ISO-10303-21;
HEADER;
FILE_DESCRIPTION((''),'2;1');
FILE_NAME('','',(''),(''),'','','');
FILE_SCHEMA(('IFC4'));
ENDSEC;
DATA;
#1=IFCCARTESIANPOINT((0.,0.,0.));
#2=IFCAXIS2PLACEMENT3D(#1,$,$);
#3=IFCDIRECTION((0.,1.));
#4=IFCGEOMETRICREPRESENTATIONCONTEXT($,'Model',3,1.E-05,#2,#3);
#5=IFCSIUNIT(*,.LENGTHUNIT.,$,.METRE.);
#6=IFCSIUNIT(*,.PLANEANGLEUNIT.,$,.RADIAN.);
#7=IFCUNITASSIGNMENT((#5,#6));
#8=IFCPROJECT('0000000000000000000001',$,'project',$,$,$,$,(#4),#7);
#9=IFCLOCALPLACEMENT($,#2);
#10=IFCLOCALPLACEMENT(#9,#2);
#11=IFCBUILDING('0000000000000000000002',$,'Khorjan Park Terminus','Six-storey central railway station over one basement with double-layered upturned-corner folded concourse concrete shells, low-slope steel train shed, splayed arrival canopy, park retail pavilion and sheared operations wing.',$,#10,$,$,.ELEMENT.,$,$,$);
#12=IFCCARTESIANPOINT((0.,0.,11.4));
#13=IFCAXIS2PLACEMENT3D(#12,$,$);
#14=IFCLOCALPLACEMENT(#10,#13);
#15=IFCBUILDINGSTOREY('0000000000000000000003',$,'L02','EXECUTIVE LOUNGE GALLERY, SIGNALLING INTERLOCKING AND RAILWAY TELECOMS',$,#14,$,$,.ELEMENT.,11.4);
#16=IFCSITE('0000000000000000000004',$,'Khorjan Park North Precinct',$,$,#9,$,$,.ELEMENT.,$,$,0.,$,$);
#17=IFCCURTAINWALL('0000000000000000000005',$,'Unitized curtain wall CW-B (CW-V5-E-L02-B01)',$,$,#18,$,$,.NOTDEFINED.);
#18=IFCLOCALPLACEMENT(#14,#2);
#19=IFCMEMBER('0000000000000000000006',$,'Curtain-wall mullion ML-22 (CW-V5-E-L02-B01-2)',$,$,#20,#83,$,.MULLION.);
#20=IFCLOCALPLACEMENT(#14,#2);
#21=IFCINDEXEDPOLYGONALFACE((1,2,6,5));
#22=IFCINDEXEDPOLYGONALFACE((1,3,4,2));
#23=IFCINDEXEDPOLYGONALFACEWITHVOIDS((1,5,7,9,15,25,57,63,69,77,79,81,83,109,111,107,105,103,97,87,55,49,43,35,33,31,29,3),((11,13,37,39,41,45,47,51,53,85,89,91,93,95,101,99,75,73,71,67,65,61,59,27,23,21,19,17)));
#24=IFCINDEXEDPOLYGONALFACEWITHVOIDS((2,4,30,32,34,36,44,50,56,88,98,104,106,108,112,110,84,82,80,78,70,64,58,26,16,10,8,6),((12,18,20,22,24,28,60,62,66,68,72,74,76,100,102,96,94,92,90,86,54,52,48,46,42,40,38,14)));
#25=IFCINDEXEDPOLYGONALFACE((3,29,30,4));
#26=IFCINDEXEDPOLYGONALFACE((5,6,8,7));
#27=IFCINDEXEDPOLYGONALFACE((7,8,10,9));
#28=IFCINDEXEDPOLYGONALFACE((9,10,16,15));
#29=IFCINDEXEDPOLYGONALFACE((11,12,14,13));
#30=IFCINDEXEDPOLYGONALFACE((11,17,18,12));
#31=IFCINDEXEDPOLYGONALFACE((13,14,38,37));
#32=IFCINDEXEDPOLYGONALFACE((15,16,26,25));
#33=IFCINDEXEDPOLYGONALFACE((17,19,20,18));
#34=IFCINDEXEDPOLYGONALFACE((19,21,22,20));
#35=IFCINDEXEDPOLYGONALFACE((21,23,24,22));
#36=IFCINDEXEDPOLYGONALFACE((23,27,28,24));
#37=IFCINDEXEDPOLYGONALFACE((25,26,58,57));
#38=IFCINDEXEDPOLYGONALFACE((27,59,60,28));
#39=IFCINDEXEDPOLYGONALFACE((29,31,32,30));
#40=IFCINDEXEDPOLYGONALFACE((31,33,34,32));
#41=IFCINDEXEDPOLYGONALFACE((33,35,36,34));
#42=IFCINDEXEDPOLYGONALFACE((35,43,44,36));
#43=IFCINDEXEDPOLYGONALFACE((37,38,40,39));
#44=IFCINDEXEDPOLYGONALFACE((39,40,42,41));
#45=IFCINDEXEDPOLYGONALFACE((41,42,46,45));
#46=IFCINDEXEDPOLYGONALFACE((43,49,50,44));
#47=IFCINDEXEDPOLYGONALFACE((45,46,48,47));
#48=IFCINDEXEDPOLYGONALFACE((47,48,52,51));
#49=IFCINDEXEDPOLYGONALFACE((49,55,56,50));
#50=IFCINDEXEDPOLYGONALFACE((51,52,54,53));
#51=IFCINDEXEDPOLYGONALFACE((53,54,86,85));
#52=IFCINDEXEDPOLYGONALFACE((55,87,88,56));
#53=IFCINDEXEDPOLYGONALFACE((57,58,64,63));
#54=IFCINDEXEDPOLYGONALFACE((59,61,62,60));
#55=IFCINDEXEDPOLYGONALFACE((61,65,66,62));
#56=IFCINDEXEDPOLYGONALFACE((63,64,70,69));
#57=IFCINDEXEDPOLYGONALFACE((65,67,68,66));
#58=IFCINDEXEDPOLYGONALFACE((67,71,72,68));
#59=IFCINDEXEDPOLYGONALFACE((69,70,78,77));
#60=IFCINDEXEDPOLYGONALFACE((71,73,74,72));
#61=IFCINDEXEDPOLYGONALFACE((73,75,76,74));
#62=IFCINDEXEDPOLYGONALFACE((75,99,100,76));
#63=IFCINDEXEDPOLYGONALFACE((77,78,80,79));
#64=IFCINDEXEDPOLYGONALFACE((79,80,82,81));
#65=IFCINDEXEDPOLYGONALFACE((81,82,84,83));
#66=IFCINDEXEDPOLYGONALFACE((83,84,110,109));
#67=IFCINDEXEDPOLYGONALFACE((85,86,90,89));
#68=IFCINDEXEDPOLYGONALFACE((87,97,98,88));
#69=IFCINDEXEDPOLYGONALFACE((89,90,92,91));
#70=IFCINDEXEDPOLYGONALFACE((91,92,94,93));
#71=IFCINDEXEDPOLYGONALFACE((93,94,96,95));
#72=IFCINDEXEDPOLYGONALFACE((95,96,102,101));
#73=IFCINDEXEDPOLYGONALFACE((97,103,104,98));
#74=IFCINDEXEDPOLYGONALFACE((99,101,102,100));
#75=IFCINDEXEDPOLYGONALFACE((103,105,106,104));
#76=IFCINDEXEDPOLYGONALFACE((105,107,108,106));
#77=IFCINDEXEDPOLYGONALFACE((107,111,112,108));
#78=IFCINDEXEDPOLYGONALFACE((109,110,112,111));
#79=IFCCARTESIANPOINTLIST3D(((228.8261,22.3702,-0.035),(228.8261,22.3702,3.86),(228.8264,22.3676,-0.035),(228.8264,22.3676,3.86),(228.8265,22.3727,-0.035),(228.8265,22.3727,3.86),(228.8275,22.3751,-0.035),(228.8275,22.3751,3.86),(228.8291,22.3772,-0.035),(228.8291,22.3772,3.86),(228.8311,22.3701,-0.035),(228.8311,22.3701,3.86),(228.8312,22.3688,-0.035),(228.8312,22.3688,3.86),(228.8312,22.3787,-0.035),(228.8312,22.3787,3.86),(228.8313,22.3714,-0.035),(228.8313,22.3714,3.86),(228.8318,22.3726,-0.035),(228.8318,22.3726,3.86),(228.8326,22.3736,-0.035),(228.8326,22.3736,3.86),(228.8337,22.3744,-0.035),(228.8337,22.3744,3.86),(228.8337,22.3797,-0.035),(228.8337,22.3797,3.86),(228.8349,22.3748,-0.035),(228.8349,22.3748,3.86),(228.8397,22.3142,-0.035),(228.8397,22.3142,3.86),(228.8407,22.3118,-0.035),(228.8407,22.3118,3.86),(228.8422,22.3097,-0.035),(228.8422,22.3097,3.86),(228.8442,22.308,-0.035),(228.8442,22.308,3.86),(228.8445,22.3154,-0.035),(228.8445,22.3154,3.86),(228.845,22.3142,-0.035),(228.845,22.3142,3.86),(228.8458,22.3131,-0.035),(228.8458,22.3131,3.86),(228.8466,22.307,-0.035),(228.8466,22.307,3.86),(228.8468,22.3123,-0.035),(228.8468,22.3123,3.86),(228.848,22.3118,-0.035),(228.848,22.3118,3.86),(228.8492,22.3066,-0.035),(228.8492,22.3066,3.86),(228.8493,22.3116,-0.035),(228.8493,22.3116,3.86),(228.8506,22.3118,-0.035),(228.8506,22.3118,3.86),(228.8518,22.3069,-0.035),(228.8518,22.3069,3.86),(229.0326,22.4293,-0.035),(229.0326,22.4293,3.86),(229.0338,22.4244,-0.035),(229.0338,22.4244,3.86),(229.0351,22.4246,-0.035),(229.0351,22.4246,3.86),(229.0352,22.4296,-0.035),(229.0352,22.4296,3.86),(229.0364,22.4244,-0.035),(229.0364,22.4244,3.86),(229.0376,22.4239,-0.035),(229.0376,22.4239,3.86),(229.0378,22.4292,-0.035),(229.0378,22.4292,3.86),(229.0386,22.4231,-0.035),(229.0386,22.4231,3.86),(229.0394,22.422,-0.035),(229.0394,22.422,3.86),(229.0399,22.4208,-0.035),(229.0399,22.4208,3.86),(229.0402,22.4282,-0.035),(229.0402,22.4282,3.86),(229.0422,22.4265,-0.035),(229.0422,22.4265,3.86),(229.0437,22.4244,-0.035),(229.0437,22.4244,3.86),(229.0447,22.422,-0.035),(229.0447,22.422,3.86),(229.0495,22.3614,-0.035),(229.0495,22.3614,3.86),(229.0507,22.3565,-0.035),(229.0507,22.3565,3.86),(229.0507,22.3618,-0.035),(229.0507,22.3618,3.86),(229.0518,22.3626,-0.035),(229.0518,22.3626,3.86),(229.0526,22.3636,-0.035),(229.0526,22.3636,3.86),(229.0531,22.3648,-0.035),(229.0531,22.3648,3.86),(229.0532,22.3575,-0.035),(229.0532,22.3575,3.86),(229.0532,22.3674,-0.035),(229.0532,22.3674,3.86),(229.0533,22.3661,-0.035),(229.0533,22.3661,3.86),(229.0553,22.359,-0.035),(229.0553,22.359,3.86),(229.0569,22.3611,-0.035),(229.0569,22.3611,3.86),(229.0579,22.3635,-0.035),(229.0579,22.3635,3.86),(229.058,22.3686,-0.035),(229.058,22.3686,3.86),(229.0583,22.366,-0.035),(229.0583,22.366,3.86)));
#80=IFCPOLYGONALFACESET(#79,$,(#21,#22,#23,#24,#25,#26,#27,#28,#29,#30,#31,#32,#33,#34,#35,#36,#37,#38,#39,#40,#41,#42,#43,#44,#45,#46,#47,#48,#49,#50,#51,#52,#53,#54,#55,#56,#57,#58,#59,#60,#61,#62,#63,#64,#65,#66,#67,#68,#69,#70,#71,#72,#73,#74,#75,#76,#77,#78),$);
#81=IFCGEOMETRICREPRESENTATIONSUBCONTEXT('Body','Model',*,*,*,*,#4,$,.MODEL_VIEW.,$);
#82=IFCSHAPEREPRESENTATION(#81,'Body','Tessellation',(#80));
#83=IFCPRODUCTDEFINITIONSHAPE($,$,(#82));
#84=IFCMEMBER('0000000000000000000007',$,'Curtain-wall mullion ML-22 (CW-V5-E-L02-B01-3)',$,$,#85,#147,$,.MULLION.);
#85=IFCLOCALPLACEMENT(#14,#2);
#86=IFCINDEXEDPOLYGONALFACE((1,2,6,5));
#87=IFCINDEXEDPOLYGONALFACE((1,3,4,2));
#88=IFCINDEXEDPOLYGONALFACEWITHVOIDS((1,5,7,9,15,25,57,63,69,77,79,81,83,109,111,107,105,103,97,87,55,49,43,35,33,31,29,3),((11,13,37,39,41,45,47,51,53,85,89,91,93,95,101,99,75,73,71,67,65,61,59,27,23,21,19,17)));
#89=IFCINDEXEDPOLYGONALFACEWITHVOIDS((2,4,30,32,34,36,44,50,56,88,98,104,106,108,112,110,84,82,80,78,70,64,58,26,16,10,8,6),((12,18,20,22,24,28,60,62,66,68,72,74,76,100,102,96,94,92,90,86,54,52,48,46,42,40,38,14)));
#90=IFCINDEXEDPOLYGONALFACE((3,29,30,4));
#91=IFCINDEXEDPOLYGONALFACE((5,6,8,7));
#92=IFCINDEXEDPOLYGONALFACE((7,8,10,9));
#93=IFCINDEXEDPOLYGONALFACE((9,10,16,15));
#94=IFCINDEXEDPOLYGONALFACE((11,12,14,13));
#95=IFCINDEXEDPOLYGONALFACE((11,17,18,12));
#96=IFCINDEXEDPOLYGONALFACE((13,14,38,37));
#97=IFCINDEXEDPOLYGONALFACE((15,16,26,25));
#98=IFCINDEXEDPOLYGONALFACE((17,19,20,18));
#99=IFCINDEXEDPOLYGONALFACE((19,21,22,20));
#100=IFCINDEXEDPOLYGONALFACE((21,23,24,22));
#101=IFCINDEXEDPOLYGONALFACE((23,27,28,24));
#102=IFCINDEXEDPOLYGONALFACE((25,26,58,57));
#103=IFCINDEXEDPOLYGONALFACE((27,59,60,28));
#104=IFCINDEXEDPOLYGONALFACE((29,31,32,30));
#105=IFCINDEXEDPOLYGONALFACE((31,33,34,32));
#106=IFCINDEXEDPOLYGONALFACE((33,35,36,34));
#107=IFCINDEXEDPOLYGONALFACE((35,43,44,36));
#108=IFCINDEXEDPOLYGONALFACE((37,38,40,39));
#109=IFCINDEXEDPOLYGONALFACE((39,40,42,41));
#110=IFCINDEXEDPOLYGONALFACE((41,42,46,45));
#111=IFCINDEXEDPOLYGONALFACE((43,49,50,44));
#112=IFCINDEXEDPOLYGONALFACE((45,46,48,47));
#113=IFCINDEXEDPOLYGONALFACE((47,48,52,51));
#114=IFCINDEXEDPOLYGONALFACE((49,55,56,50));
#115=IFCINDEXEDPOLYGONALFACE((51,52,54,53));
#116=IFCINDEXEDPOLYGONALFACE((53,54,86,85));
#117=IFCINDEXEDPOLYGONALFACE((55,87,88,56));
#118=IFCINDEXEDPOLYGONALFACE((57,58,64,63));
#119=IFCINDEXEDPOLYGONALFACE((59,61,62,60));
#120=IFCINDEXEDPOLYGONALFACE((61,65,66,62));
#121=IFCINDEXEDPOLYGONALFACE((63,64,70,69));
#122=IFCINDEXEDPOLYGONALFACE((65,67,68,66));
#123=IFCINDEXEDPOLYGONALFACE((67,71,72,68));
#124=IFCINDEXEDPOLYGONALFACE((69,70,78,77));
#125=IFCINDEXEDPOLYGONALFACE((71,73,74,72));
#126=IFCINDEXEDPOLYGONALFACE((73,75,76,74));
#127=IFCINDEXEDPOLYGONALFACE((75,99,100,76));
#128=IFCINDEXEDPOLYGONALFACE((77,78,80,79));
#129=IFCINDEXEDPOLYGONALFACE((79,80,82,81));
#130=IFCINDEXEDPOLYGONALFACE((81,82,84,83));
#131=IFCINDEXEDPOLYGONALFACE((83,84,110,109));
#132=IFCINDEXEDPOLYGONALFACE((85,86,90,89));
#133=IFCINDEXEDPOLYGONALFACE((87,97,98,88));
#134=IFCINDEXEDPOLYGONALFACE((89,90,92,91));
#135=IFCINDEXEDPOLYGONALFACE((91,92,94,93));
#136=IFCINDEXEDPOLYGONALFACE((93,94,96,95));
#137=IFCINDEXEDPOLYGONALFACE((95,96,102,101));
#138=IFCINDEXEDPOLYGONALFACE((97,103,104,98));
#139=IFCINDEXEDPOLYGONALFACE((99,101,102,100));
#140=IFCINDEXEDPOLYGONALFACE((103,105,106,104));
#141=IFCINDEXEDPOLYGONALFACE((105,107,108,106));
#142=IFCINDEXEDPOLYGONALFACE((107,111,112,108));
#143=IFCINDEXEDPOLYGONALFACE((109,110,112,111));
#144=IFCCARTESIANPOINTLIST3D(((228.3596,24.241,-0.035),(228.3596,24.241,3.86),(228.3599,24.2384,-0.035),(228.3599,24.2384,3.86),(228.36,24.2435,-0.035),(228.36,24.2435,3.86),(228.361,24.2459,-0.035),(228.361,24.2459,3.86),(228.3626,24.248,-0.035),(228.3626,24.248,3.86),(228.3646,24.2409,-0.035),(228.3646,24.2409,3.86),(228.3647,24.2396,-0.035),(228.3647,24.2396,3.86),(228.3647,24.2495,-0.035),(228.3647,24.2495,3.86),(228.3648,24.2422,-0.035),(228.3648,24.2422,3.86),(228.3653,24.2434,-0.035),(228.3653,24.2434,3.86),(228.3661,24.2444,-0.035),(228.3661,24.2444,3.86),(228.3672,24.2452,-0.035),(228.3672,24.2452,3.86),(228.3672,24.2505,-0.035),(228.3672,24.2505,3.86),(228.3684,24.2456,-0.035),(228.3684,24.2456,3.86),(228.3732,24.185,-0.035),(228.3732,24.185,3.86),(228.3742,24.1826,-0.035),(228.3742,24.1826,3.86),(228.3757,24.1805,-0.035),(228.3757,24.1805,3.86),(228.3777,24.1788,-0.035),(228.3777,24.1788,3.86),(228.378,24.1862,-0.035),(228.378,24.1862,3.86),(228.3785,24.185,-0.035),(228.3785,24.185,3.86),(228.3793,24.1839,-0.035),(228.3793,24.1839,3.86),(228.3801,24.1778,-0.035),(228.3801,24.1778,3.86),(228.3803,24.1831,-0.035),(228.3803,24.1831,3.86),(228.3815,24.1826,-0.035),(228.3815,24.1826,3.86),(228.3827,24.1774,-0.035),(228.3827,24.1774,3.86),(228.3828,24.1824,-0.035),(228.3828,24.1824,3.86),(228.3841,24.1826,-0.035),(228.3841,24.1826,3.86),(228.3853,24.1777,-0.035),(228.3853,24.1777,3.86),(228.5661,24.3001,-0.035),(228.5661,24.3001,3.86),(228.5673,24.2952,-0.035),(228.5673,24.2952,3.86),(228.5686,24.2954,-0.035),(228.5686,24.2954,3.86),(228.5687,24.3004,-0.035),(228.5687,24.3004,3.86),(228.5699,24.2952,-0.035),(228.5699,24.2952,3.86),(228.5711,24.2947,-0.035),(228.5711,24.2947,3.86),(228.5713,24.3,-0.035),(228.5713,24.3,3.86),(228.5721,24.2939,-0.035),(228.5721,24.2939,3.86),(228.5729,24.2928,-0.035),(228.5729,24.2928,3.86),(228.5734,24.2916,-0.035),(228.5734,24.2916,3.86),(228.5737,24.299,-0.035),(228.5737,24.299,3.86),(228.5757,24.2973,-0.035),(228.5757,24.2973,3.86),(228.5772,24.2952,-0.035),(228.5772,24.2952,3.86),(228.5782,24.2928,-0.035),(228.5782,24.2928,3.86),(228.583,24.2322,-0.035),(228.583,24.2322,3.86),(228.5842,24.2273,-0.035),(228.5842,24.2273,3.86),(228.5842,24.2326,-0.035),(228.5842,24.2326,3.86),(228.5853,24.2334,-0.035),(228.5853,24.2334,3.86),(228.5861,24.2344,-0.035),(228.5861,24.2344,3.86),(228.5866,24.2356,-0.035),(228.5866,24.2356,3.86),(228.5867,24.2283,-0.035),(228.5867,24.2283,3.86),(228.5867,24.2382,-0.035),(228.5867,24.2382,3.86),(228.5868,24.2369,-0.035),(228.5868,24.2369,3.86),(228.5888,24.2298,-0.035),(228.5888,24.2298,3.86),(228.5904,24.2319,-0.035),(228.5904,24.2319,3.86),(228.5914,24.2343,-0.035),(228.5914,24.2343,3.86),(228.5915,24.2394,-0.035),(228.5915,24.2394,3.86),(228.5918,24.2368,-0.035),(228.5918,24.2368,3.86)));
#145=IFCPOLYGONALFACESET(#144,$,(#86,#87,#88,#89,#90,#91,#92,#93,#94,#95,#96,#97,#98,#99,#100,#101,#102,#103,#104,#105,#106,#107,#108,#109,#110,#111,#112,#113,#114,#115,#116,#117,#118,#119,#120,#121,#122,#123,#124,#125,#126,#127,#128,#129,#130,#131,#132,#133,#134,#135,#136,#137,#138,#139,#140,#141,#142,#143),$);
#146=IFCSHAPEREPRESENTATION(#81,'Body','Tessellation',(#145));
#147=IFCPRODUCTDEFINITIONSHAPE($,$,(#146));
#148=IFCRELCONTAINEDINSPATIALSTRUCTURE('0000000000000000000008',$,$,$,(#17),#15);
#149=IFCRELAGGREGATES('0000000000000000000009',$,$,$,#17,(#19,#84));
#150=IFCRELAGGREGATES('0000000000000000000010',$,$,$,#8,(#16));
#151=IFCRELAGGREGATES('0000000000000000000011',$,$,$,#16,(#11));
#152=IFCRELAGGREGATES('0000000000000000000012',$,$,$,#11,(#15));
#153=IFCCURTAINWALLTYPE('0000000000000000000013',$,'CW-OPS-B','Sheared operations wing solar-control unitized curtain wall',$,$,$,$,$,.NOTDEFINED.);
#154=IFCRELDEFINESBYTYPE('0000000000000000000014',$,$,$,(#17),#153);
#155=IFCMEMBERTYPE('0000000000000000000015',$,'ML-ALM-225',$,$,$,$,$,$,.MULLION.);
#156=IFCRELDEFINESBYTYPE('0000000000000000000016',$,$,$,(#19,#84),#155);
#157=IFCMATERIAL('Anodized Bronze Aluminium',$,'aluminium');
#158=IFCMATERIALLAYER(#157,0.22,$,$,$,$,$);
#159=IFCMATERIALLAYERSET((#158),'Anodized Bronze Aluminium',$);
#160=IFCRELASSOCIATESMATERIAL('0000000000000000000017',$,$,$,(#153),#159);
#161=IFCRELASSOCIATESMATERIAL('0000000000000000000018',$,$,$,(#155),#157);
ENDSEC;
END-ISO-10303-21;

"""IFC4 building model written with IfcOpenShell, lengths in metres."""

from ifc_helpers import new_model, si_unit, direction, frame, origin, origin_2d, place, context, subcontext, project, spatial, hollow_rectangle, extrude, material, layer, layer_set, material_profile, profile_set, type_object, element, aggregate, save


model = new_model("IFC4")

# Units and contexts
model_context = context("Model", 3, precision=1e-05, world=origin(), true_north=direction((0.0, 1.0)))
body_context = subcontext(model_context, "Body", "Model", "MODEL_VIEW")
ifc_project = project(units=[si_unit("LENGTHUNIT", "METRE"), si_unit("PLANEANGLEUNIT", "RADIAN")], contexts=[model_context])

# Site, building, storey
site_placement = place(None, origin())
site = spatial("IfcSite", under=ifc_project, at=site_placement, Name="Khorjan Park North Precinct", CompositionType="ELEMENT", RefElevation=0.0)
building_placement = place(site_placement, origin())
building = spatial("IfcBuilding", under=site, at=building_placement, Name="Khorjan Park Terminus", Description="Six-storey central railway station over one basement with double-layered upturned-corner folded concourse concrete shells, low-slope steel train shed, splayed arrival canopy, park retail pavilion and sheared operations wing.", CompositionType="ELEMENT")
storey_placement = place(building_placement, frame((0.0, 0.0, 11.4)))
storey = spatial("IfcBuildingStorey", under=building, at=storey_placement, Name="L02", Description="EXECUTIVE LOUNGE GALLERY, SIGNALLING INTERLOCKING AND RAILWAY TELECOMS", CompositionType="ELEMENT", Elevation=11.4)

# Shared definitions
ifc_material_1 = material(Name="Anodized Bronze Aluminium", Category="aluminium")
ifc_layer_1 = layer(ifc_material_1, 0.22)
ifc_layer_set_1 = layer_set([ifc_layer_1], Name="Anodized Bronze Aluminium")
curtain_wall_type = type_object("IfcCurtainWallType", Name="CW-OPS-B", Description="Sheared operations wing solar-control unitized curtain wall", PredefinedType="NOTDEFINED", material=ifc_layer_set_1)
ifc_material_profile_1 = material_profile(ifc_material_1, hollow_rectangle(XDim=0.075, YDim=0.225, WallThickness=0.005, InnerFilletRadius=0.005, OuterFilletRadius=0.01, at=origin_2d()), Name="ALM 75x225x5")
ifc_profile_set_1 = profile_set([ifc_material_profile_1], Name="Anodized Bronze Aluminium")
member_type_1 = type_object("IfcMemberType", Name="ML-ALM-225", PredefinedType="MULLION", material=ifc_profile_set_1)

# Curtain wall, members
curtain_wall_1_placement = place(storey_placement, origin())
curtain_wall_1 = element("IfcCurtainWall", 1, at=curtain_wall_1_placement, inside=storey, type_object=curtain_wall_type, Name="Unitized curtain wall CW-B (CW-V5-E-L02-B01)", PredefinedType="NOTDEFINED")
member_1_placement = place(storey_placement, frame((228.9422, 22.3681, -0.035), z_axis=(0.0, 0.0, 1.0), x_axis=(-0.24192, 0.970296, 0.0)))
member_1 = element("IfcMember", 2, at=member_1_placement, type_object=member_type_1, Name="Curtain-wall mullion ML-22 (CW-V5-E-L02-B01-2)", PredefinedType="MULLION", context=body_context, shape_type="SweptSolid", body=[
    extrude(hollow_rectangle(XDim=0.075, YDim=0.225, WallThickness=0.005, InnerFilletRadius=0.005, OuterFilletRadius=0.01, at=origin_2d()), origin(), (0.0, 0.0, 1.0), 3.895),
])
member_2_placement = place(storey_placement, frame((228.4757, 24.2389, -0.035), z_axis=(0.0, 0.0, 1.0), x_axis=(-0.24192, 0.970296, 0.0)))
member_2 = element("IfcMember", 3, at=member_2_placement, type_object=member_type_1, Name="Curtain-wall mullion ML-22 (CW-V5-E-L02-B01-3)", PredefinedType="MULLION", context=body_context, shape_type="SweptSolid", body=[
    extrude(hollow_rectangle(XDim=0.075, YDim=0.225, WallThickness=0.005, InnerFilletRadius=0.005, OuterFilletRadius=0.01, at=origin_2d()), origin(), (0.0, 0.0, 1.0), 3.895),
])
aggregate(curtain_wall_1, [member_1, member_2])

save(model, "model.ifc")
